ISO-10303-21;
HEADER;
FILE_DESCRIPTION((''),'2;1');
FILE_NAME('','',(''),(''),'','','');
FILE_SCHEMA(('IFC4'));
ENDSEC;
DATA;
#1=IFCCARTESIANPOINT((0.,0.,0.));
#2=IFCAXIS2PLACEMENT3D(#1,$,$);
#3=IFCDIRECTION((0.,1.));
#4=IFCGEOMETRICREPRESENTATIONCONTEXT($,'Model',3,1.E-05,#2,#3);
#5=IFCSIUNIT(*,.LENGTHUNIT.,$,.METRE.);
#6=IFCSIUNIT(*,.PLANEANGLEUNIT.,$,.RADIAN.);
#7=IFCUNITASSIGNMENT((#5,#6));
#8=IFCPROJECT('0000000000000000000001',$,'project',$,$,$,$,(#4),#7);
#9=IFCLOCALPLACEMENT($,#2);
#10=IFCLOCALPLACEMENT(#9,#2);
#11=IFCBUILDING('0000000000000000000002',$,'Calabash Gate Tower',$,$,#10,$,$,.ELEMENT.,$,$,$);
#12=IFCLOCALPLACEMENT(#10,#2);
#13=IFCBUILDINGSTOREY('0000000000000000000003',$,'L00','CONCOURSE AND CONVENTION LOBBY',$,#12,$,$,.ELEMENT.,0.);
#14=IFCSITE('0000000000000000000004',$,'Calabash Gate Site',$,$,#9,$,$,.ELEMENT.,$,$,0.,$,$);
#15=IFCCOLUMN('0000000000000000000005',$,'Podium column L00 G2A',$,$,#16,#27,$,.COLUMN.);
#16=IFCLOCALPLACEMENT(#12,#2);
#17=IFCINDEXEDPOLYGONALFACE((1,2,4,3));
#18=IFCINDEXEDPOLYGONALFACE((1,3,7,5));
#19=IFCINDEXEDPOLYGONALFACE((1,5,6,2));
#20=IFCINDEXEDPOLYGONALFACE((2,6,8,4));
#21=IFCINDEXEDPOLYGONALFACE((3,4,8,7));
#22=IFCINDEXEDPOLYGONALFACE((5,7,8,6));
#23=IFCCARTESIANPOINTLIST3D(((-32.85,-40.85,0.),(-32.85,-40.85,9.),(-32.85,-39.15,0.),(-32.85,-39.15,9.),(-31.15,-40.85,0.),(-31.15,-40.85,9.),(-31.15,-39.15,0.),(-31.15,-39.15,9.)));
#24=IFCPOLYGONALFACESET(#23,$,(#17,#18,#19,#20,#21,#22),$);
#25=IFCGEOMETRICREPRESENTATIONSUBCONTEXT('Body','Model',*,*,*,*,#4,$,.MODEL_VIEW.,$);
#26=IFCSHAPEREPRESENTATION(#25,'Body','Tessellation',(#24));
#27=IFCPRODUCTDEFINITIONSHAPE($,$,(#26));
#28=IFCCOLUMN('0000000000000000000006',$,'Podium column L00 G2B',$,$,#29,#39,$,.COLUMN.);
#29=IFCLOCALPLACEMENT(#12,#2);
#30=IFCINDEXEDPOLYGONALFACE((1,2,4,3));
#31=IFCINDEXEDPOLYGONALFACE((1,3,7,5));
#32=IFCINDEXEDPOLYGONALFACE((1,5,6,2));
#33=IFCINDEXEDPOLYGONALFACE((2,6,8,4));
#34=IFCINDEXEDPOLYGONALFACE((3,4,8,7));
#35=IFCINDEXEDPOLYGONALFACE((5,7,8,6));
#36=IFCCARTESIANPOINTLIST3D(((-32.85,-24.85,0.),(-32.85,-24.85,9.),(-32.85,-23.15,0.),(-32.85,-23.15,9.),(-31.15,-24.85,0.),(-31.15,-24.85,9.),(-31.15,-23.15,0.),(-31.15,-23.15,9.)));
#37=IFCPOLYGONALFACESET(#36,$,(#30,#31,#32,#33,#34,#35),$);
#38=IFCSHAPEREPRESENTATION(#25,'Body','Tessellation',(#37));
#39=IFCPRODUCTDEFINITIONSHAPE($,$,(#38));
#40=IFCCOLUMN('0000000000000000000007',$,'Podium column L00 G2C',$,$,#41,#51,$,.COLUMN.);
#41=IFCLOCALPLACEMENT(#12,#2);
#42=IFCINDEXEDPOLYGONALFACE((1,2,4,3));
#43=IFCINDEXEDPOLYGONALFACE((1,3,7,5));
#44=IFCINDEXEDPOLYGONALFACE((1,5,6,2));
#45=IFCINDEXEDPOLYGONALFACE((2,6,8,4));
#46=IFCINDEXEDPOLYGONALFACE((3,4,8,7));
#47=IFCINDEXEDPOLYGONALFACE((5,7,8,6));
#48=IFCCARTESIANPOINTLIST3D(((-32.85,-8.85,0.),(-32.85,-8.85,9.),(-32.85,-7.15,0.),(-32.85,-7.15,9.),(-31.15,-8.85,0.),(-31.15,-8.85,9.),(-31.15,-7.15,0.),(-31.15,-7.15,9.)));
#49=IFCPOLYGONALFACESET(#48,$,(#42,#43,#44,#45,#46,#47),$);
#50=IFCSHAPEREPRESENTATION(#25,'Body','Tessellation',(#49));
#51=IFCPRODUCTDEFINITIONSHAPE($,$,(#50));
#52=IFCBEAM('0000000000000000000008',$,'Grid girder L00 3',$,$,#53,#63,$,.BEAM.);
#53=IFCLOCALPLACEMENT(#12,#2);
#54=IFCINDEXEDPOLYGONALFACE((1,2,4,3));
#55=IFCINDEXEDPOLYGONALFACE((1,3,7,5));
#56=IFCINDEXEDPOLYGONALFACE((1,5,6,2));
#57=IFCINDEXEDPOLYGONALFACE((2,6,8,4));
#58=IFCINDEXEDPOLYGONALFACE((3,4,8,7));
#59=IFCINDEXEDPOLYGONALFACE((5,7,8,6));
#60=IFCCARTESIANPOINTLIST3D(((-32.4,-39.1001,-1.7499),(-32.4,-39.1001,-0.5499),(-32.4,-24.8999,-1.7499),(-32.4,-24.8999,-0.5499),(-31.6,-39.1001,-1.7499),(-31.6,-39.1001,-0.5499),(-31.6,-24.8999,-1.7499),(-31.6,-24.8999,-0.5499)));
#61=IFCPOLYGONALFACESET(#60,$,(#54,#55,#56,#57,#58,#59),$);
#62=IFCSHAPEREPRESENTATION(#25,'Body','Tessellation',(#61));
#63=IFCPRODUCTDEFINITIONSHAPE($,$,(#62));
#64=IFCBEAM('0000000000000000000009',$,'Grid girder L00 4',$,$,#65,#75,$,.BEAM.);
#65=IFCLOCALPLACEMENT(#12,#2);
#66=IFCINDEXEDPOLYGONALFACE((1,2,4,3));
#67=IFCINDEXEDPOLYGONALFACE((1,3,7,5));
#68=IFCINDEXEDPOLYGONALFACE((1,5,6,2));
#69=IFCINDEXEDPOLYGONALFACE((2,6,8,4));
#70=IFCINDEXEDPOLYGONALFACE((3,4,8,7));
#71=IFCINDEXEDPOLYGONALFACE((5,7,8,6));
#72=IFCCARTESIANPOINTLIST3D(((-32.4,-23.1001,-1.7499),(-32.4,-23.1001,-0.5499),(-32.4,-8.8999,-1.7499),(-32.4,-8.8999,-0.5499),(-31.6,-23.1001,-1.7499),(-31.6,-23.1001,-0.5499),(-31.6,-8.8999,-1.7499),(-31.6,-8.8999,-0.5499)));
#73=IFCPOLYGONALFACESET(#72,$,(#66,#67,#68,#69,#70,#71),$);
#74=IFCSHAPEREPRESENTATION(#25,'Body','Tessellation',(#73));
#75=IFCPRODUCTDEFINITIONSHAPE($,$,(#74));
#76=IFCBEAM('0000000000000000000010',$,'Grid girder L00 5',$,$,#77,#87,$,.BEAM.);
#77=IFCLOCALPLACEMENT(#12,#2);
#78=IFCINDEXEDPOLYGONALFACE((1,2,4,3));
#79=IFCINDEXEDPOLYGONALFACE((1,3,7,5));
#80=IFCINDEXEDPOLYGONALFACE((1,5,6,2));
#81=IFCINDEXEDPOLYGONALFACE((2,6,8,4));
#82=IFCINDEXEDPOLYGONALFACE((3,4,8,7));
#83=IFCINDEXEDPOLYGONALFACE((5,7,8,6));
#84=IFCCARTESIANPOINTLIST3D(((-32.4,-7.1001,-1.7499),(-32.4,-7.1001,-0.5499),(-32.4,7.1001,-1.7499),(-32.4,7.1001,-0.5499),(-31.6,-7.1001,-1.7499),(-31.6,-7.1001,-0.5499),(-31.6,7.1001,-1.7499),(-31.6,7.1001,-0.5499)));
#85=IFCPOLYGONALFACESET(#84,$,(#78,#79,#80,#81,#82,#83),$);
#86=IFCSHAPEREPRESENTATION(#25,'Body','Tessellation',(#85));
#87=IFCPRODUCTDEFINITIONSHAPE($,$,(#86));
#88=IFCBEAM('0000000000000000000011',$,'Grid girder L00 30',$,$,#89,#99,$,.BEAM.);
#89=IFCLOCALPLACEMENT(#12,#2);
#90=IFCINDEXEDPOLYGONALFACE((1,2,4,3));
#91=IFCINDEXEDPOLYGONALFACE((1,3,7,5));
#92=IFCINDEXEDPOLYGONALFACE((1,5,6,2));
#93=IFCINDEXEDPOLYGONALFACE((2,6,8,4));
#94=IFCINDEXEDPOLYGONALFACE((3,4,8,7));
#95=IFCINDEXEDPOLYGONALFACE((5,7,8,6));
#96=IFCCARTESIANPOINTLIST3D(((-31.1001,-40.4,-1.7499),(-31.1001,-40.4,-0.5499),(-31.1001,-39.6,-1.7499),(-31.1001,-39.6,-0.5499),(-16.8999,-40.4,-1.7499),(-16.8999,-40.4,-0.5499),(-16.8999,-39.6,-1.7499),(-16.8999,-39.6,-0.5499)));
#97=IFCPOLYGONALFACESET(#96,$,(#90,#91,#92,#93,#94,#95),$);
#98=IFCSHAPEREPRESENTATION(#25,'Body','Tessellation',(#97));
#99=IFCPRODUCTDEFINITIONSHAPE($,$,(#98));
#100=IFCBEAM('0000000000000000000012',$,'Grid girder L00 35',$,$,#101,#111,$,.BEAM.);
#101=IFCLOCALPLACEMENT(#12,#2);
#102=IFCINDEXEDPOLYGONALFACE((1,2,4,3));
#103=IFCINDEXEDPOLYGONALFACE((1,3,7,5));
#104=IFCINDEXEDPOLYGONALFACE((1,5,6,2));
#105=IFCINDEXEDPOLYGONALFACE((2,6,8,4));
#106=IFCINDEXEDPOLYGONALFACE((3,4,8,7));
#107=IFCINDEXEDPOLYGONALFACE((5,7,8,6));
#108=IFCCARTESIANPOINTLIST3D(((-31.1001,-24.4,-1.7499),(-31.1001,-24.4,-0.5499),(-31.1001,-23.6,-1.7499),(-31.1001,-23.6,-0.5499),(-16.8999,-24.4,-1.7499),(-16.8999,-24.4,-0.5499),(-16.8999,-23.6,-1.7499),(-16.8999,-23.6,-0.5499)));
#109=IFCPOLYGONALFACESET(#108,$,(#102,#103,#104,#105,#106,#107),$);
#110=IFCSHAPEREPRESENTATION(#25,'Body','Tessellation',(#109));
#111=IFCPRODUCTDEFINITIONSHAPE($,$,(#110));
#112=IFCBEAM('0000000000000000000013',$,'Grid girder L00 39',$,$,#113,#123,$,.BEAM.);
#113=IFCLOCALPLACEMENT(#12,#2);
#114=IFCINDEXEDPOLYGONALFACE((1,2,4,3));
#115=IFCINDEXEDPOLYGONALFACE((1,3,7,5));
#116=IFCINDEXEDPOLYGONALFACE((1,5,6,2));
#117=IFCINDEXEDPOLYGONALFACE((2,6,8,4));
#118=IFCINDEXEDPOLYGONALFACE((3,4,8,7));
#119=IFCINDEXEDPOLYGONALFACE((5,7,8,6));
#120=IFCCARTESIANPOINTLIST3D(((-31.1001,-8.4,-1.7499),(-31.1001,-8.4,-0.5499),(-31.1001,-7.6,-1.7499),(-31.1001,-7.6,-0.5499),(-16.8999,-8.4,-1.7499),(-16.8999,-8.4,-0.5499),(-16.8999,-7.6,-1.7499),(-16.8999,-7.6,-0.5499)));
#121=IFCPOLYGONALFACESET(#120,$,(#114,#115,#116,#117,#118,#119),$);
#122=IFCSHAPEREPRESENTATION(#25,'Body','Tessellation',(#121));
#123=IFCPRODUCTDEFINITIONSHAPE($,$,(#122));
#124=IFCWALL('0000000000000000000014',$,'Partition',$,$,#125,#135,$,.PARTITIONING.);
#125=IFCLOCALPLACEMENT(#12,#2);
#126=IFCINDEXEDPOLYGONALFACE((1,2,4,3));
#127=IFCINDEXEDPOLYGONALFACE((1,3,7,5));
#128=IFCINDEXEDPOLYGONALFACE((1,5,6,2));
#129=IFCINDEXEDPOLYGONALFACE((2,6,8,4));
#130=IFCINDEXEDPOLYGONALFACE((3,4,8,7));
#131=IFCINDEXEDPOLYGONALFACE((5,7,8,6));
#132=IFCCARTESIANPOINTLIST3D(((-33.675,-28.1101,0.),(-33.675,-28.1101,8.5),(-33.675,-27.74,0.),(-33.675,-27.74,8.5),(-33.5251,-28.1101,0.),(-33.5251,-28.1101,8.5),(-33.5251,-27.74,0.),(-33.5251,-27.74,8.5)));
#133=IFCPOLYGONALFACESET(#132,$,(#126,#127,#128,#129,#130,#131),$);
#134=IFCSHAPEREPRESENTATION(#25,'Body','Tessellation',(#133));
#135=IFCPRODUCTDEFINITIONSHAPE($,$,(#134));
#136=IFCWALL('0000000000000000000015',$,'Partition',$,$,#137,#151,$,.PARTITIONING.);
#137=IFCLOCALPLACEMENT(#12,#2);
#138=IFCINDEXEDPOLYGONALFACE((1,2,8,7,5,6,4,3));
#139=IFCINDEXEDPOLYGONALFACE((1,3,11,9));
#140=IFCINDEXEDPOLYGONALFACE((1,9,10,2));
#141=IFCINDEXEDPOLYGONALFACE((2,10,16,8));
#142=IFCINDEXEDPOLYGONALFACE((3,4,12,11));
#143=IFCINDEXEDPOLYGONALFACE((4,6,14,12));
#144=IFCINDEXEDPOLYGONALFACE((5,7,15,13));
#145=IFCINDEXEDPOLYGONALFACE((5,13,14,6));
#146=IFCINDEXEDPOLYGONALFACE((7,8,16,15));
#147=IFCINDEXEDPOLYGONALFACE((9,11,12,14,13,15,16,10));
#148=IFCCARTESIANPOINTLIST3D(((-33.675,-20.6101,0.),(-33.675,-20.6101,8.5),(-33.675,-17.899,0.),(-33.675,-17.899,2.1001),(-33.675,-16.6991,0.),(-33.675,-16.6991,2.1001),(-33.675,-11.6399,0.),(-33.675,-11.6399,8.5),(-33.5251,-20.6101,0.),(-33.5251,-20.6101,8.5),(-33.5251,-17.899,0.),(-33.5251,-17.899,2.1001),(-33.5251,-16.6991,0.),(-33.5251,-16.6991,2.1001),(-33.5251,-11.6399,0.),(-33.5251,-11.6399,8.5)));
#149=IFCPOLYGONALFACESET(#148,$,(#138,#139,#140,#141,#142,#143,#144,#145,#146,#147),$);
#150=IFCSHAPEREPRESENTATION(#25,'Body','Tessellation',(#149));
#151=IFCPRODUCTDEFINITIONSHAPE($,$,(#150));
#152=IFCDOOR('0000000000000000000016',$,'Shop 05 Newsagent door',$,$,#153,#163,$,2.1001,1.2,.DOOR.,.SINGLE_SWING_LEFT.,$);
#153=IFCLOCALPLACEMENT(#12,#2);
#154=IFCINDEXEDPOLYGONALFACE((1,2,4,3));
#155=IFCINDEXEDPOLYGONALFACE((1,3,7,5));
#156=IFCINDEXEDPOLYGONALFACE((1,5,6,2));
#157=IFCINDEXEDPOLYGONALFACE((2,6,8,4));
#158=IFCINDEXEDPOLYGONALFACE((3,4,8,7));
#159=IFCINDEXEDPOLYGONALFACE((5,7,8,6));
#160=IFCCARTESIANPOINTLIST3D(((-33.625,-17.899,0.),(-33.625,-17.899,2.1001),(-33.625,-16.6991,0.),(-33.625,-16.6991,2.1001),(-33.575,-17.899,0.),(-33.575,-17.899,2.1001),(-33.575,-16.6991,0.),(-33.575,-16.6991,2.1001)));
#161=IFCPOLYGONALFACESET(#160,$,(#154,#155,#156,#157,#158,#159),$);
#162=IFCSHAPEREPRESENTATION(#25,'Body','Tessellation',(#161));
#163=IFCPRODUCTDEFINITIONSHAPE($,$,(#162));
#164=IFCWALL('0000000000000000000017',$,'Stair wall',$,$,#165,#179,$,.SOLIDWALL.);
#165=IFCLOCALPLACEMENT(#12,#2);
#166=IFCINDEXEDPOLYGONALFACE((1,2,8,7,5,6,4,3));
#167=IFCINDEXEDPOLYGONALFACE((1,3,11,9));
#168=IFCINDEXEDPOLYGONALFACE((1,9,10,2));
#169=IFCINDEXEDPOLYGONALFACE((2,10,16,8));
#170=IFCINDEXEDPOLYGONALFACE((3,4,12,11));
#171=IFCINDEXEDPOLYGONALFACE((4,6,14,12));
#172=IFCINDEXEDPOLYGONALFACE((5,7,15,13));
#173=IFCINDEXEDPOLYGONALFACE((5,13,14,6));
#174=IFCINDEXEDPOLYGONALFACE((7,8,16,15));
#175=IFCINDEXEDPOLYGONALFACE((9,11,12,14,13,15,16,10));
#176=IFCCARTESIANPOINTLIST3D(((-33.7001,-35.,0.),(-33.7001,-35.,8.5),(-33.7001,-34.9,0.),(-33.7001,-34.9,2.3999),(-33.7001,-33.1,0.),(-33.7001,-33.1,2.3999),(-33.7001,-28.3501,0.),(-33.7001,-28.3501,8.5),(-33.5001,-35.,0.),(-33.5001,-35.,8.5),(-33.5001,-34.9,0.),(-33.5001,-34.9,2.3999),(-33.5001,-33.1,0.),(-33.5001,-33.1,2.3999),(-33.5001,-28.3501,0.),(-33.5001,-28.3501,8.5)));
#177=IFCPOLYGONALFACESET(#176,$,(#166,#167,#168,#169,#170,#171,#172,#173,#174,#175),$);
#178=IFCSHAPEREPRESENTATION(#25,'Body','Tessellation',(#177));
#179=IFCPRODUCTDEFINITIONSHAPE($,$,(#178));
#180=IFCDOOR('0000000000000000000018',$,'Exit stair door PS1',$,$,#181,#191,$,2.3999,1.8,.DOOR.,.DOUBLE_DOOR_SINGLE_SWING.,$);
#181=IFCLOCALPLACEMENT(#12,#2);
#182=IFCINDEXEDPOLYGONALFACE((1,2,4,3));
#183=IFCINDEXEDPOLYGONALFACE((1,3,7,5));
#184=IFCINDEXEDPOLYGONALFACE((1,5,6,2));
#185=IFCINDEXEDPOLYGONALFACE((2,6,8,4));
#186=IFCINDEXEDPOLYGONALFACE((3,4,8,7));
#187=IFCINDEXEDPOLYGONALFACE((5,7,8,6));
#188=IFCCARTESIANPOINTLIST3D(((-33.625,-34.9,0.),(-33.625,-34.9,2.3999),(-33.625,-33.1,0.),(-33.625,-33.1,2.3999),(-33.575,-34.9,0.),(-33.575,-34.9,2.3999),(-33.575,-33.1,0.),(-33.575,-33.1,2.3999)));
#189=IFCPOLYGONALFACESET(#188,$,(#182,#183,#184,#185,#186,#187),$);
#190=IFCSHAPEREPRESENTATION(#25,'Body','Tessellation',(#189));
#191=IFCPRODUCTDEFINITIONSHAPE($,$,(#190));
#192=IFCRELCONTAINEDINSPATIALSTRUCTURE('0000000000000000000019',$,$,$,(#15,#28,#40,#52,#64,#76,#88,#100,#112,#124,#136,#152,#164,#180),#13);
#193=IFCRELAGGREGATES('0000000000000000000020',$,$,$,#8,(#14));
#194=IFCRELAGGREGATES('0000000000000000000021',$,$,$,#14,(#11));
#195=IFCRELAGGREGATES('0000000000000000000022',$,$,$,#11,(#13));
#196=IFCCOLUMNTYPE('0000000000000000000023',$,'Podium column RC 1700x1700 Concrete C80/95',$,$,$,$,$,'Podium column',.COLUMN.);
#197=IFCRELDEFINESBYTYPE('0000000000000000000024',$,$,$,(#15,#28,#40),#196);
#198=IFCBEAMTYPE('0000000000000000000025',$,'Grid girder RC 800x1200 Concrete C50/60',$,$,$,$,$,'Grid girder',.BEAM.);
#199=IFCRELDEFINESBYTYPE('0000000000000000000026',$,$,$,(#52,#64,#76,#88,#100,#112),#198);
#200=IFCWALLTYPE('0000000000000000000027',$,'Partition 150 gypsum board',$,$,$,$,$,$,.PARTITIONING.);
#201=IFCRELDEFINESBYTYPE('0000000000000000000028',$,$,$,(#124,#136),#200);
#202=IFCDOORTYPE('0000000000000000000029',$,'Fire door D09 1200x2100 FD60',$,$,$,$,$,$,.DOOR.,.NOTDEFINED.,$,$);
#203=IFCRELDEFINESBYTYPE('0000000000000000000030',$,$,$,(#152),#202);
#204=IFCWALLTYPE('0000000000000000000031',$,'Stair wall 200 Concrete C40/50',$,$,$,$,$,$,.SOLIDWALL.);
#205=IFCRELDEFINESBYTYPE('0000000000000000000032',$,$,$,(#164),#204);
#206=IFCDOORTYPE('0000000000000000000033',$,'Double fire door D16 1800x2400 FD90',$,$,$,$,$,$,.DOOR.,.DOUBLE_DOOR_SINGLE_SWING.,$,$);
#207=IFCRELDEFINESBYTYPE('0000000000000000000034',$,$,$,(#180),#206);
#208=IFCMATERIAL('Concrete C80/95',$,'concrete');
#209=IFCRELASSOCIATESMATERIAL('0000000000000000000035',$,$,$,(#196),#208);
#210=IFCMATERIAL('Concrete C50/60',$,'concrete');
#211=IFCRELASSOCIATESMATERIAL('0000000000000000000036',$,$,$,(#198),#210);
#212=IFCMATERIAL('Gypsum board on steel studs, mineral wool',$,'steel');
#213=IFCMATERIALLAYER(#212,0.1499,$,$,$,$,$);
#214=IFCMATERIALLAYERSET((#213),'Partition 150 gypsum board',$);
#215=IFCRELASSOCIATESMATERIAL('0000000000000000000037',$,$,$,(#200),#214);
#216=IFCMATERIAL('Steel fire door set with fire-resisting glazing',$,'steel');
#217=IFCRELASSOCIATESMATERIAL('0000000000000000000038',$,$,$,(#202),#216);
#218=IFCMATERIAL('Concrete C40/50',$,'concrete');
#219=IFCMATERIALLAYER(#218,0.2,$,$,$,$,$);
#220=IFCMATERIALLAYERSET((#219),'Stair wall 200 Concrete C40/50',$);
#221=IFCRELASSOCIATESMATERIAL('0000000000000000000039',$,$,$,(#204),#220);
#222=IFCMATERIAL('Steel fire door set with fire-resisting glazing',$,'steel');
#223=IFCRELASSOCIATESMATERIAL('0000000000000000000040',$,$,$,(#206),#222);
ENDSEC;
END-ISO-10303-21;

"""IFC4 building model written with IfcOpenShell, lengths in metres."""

from ifc_helpers import new_model, si_unit, direction, frame, frame_2d, origin, origin_2d, place, context, subcontext, project, spatial, rectangle, extrude, material, layer, layer_set, material_profile, profile_set, type_object, element, fill, save


model = new_model("IFC4")

# Units and contexts
model_context = context("Model", 3, precision=1e-05, world=origin(), true_north=direction((0.0, 1.0)))
body_context = subcontext(model_context, "Body", "Model", "MODEL_VIEW")
ifc_project = project(units=[si_unit("LENGTHUNIT", "METRE"), si_unit("PLANEANGLEUNIT", "RADIAN")], contexts=[model_context])

# Site, building, storey
site_placement = place(None, origin())
site = spatial("IfcSite", under=ifc_project, at=site_placement, Name="Calabash Gate Site", CompositionType="ELEMENT", RefElevation=0.0)
building_placement = place(site_placement, origin())
building = spatial("IfcBuilding", under=site, at=building_placement, Name="Calabash Gate Tower", CompositionType="ELEMENT")
storey_placement = place(building_placement, origin())
storey = spatial("IfcBuildingStorey", under=building, at=storey_placement, Name="L00", Description="CONCOURSE AND CONVENTION LOBBY", CompositionType="ELEMENT", Elevation=0.0)

# Columns
ifc_material_1 = material(Name="Concrete C80/95", Category="concrete")
ifc_material_profile_1 = material_profile(ifc_material_1, rectangle(XDim=1.7, YDim=1.7, at=origin_2d()))
ifc_profile_set_1 = profile_set([ifc_material_profile_1], Name="Concrete C80/95")
column_type = type_object("IfcColumnType", Name="Podium column RC 1700x1700 Concrete C80/95", ElementType="Podium column", PredefinedType="COLUMN", material=ifc_profile_set_1)
for number, where, z_axis, x_axis, name in (
    (1, (-32.0, -40.0, 0.0), (0.0, 0.0, 1.0), (1.0, 0.0, 0.0), "Podium column L00 G2A"),
    (2, (-32.0, -24.0, 0.0), (0.0, 0.0, 1.0), (1.0, 0.0, 0.0), "Podium column L00 G2B"),
    (3, (-32.0, -8.0, 0.0), (0.0, 0.0, 1.0), (1.0, 0.0, 0.0), "Podium column L00 G2C"),
):
    element("IfcColumn", number, at=place(storey_placement, frame(where, z_axis=z_axis, x_axis=x_axis)), inside=storey, type_object=column_type, Name=name, PredefinedType="COLUMN", context=body_context, shape_type="SweptSolid", body=[
        extrude(rectangle(XDim=1.7, YDim=1.7, at=origin_2d()), origin(), (0.0, 0.0, 1.0), 9.0),
    ])

# Beams
ifc_material_2 = material(Name="Concrete C50/60", Category="concrete")
ifc_material_profile_2 = material_profile(ifc_material_2, rectangle(XDim=0.8, YDim=1.2, at=origin_2d()))
ifc_profile_set_2 = profile_set([ifc_material_profile_2], Name="Concrete C50/60")
beam_type = type_object("IfcBeamType", Name="Grid girder RC 800x1200 Concrete C50/60", ElementType="Grid girder", PredefinedType="BEAM", material=ifc_profile_set_2)
for number, where, z_axis, x_axis, name in (
    (4, (-32.0, -39.1001, -1.1499), (0.0, 1.0, 0.0), (-1.0, 0.0, 0.0), "Grid girder L00 3"),
    (5, (-32.0, -23.1001, -1.1499), (0.0, 1.0, 0.0), (-1.0, 0.0, 0.0), "Grid girder L00 4"),
    (6, (-32.0, -7.1001, -1.1499), (0.0, 1.0, 0.0), (-1.0, 0.0, 0.0), "Grid girder L00 5"),
    (7, (-31.1001, -40.0, -1.1499), (1.0, 0.0, 0.0), (0.0, 1.0, 0.0), "Grid girder L00 30"),
    (8, (-31.1001, -24.0, -1.1499), (1.0, 0.0, 0.0), (0.0, 1.0, 0.0), "Grid girder L00 35"),
    (9, (-31.1001, -8.0, -1.1499), (1.0, 0.0, 0.0), (0.0, 1.0, 0.0), "Grid girder L00 39"),
):
    element("IfcBeam", number, at=place(storey_placement, frame(where, z_axis=z_axis, x_axis=x_axis)), inside=storey, type_object=beam_type, Name=name, PredefinedType="BEAM", context=body_context, shape_type="SweptSolid", body=[
        extrude(rectangle(XDim=0.8, YDim=1.2, at=origin_2d()), origin(), (0.0, 0.0, 1.0), 14.2002),
    ])

# Wall
ifc_material_3 = material(Name="Gypsum board on steel studs, mineral wool", Category="steel")
ifc_layer_1 = layer(ifc_material_3, 0.1499)
ifc_layer_set_1 = layer_set([ifc_layer_1], Name="Partition 150 gypsum board")
wall_type_1 = type_object("IfcWallType", Name="Partition 150 gypsum board", PredefinedType="PARTITIONING", material=ifc_layer_set_1)
wall_1_placement = place(storey_placement, frame((-33.6001, -28.1101, 0.0), z_axis=(0.0, 0.0, 1.0), x_axis=(0.0, 1.0, 0.0)))
element("IfcWall", 10, at=wall_1_placement, inside=storey, type_object=wall_type_1, Name="Partition", PredefinedType="PARTITIONING", context=body_context, shape_type="SweptSolid", body=[
    extrude(rectangle(XDim=0.3701, YDim=0.1499, at=frame_2d((0.1851, 0.0))), origin(), (0.0, 0.0, 1.0), 8.5),
])

# Walls, openings, doors
wall_2_placement = place(storey_placement, frame((-33.6001, -20.6101, 0.0), z_axis=(0.0, 0.0, 1.0), x_axis=(0.0, 1.0, 0.0)))
wall_2 = element("IfcWall", 11, at=wall_2_placement, inside=storey, type_object=wall_type_1, Name="Partition", PredefinedType="PARTITIONING", context=body_context, shape_type="SweptSolid", body=[
    extrude(rectangle(XDim=8.9702, YDim=0.1499, at=frame_2d((4.4851, 0.0))), origin(), (0.0, 0.0, 1.0), 8.5),
])
opening_1_placement = place(wall_2_placement, frame((2.7109, 0.0, 0.0)))
opening_1 = element("IfcOpeningElement", 12, at=opening_1_placement, cuts=wall_2, PredefinedType="OPENING", context=body_context, shape_type="SweptSolid", body=[
    extrude(rectangle(XDim=1.2, YDim=2.1001, at=frame_2d((0.6001, 1.05))), frame((0.0, 0.085, 0.0), z_axis=(0.0, -1.0, 0.0), x_axis=(1.0, 0.0, 0.0)), (0.0, 0.0, 1.0), 0.1699),
])
ifc_material_4 = material(Name="Steel fire door set with fire-resisting glazing", Category="steel")
door_type_1 = type_object("IfcDoorType", Name="Fire door D09 1200x2100 FD60", OperationType="NOTDEFINED", PredefinedType="DOOR", material=ifc_material_4)
door_1_placement = place(opening_1_placement, origin())
door_1 = element("IfcDoor", 13, at=door_1_placement, inside=storey, type_object=door_type_1, Name="Shop 05 Newsagent door", OperationType="SINGLE_SWING_LEFT", OverallHeight=2.1001, OverallWidth=1.2, PredefinedType="DOOR", context=body_context, shape_type="SweptSolid", body=[
    extrude(rectangle(XDim=1.2, YDim=2.1001, at=frame_2d((0.6001, 1.05))), frame((0.0, 0.0249, 0.0), z_axis=(0.0, -1.0, 0.0), x_axis=(1.0, 0.0, 0.0)), (0.0, 0.0, 1.0), 0.05),
])
fill(opening_1, door_1)
ifc_material_5 = material(Name="Concrete C40/50", Category="concrete")
ifc_layer_2 = layer(ifc_material_5, 0.2)
ifc_layer_set_2 = layer_set([ifc_layer_2], Name="Stair wall 200 Concrete C40/50")
wall_type_2 = type_object("IfcWallType", Name="Stair wall 200 Concrete C40/50", PredefinedType="SOLIDWALL", material=ifc_layer_set_2)
wall_3_placement = place(storey_placement, frame((-33.6001, -35.0, 0.0), z_axis=(0.0, 0.0, 1.0), x_axis=(0.0, 1.0, 0.0)))
wall_3 = element("IfcWall", 14, at=wall_3_placement, inside=storey, type_object=wall_type_2, Name="Stair wall", PredefinedType="SOLIDWALL", context=body_context, shape_type="SweptSolid", body=[
    extrude(rectangle(XDim=6.6499, YDim=0.2, at=frame_2d((3.325, 0.0))), origin(), (0.0, 0.0, 1.0), 8.5),
])
opening_2_placement = place(wall_3_placement, frame((0.1001, 0.0, 0.0)))
opening_2 = element("IfcOpeningElement", 15, at=opening_2_placement, cuts=wall_3, PredefinedType="OPENING", context=body_context, shape_type="SweptSolid", body=[
    extrude(rectangle(XDim=1.8, YDim=2.3999, at=frame_2d((0.8999, 1.2))), frame((0.0, 0.1099, 0.0), z_axis=(0.0, -1.0, 0.0), x_axis=(1.0, 0.0, 0.0)), (0.0, 0.0, 1.0), 0.22),
])
ifc_material_6 = material(Name="Steel fire door set with fire-resisting glazing", Category="steel")
door_type_2 = type_object("IfcDoorType", Name="Double fire door D16 1800x2400 FD90", OperationType="DOUBLE_DOOR_SINGLE_SWING", PredefinedType="DOOR", material=ifc_material_6)
door_2_placement = place(opening_2_placement, origin())
door_2 = element("IfcDoor", 16, at=door_2_placement, inside=storey, type_object=door_type_2, Name="Exit stair door PS1", OperationType="DOUBLE_DOOR_SINGLE_SWING", OverallHeight=2.3999, OverallWidth=1.8, PredefinedType="DOOR", context=body_context, shape_type="SweptSolid", body=[
    extrude(rectangle(XDim=1.8, YDim=2.3999, at=frame_2d((0.8999, 1.2))), frame((0.0, 0.0249, 0.0), z_axis=(0.0, -1.0, 0.0), x_axis=(1.0, 0.0, 0.0)), (0.0, 0.0, 1.0), 0.05),
])
fill(opening_2, door_2)

save(model, "model.ifc")
